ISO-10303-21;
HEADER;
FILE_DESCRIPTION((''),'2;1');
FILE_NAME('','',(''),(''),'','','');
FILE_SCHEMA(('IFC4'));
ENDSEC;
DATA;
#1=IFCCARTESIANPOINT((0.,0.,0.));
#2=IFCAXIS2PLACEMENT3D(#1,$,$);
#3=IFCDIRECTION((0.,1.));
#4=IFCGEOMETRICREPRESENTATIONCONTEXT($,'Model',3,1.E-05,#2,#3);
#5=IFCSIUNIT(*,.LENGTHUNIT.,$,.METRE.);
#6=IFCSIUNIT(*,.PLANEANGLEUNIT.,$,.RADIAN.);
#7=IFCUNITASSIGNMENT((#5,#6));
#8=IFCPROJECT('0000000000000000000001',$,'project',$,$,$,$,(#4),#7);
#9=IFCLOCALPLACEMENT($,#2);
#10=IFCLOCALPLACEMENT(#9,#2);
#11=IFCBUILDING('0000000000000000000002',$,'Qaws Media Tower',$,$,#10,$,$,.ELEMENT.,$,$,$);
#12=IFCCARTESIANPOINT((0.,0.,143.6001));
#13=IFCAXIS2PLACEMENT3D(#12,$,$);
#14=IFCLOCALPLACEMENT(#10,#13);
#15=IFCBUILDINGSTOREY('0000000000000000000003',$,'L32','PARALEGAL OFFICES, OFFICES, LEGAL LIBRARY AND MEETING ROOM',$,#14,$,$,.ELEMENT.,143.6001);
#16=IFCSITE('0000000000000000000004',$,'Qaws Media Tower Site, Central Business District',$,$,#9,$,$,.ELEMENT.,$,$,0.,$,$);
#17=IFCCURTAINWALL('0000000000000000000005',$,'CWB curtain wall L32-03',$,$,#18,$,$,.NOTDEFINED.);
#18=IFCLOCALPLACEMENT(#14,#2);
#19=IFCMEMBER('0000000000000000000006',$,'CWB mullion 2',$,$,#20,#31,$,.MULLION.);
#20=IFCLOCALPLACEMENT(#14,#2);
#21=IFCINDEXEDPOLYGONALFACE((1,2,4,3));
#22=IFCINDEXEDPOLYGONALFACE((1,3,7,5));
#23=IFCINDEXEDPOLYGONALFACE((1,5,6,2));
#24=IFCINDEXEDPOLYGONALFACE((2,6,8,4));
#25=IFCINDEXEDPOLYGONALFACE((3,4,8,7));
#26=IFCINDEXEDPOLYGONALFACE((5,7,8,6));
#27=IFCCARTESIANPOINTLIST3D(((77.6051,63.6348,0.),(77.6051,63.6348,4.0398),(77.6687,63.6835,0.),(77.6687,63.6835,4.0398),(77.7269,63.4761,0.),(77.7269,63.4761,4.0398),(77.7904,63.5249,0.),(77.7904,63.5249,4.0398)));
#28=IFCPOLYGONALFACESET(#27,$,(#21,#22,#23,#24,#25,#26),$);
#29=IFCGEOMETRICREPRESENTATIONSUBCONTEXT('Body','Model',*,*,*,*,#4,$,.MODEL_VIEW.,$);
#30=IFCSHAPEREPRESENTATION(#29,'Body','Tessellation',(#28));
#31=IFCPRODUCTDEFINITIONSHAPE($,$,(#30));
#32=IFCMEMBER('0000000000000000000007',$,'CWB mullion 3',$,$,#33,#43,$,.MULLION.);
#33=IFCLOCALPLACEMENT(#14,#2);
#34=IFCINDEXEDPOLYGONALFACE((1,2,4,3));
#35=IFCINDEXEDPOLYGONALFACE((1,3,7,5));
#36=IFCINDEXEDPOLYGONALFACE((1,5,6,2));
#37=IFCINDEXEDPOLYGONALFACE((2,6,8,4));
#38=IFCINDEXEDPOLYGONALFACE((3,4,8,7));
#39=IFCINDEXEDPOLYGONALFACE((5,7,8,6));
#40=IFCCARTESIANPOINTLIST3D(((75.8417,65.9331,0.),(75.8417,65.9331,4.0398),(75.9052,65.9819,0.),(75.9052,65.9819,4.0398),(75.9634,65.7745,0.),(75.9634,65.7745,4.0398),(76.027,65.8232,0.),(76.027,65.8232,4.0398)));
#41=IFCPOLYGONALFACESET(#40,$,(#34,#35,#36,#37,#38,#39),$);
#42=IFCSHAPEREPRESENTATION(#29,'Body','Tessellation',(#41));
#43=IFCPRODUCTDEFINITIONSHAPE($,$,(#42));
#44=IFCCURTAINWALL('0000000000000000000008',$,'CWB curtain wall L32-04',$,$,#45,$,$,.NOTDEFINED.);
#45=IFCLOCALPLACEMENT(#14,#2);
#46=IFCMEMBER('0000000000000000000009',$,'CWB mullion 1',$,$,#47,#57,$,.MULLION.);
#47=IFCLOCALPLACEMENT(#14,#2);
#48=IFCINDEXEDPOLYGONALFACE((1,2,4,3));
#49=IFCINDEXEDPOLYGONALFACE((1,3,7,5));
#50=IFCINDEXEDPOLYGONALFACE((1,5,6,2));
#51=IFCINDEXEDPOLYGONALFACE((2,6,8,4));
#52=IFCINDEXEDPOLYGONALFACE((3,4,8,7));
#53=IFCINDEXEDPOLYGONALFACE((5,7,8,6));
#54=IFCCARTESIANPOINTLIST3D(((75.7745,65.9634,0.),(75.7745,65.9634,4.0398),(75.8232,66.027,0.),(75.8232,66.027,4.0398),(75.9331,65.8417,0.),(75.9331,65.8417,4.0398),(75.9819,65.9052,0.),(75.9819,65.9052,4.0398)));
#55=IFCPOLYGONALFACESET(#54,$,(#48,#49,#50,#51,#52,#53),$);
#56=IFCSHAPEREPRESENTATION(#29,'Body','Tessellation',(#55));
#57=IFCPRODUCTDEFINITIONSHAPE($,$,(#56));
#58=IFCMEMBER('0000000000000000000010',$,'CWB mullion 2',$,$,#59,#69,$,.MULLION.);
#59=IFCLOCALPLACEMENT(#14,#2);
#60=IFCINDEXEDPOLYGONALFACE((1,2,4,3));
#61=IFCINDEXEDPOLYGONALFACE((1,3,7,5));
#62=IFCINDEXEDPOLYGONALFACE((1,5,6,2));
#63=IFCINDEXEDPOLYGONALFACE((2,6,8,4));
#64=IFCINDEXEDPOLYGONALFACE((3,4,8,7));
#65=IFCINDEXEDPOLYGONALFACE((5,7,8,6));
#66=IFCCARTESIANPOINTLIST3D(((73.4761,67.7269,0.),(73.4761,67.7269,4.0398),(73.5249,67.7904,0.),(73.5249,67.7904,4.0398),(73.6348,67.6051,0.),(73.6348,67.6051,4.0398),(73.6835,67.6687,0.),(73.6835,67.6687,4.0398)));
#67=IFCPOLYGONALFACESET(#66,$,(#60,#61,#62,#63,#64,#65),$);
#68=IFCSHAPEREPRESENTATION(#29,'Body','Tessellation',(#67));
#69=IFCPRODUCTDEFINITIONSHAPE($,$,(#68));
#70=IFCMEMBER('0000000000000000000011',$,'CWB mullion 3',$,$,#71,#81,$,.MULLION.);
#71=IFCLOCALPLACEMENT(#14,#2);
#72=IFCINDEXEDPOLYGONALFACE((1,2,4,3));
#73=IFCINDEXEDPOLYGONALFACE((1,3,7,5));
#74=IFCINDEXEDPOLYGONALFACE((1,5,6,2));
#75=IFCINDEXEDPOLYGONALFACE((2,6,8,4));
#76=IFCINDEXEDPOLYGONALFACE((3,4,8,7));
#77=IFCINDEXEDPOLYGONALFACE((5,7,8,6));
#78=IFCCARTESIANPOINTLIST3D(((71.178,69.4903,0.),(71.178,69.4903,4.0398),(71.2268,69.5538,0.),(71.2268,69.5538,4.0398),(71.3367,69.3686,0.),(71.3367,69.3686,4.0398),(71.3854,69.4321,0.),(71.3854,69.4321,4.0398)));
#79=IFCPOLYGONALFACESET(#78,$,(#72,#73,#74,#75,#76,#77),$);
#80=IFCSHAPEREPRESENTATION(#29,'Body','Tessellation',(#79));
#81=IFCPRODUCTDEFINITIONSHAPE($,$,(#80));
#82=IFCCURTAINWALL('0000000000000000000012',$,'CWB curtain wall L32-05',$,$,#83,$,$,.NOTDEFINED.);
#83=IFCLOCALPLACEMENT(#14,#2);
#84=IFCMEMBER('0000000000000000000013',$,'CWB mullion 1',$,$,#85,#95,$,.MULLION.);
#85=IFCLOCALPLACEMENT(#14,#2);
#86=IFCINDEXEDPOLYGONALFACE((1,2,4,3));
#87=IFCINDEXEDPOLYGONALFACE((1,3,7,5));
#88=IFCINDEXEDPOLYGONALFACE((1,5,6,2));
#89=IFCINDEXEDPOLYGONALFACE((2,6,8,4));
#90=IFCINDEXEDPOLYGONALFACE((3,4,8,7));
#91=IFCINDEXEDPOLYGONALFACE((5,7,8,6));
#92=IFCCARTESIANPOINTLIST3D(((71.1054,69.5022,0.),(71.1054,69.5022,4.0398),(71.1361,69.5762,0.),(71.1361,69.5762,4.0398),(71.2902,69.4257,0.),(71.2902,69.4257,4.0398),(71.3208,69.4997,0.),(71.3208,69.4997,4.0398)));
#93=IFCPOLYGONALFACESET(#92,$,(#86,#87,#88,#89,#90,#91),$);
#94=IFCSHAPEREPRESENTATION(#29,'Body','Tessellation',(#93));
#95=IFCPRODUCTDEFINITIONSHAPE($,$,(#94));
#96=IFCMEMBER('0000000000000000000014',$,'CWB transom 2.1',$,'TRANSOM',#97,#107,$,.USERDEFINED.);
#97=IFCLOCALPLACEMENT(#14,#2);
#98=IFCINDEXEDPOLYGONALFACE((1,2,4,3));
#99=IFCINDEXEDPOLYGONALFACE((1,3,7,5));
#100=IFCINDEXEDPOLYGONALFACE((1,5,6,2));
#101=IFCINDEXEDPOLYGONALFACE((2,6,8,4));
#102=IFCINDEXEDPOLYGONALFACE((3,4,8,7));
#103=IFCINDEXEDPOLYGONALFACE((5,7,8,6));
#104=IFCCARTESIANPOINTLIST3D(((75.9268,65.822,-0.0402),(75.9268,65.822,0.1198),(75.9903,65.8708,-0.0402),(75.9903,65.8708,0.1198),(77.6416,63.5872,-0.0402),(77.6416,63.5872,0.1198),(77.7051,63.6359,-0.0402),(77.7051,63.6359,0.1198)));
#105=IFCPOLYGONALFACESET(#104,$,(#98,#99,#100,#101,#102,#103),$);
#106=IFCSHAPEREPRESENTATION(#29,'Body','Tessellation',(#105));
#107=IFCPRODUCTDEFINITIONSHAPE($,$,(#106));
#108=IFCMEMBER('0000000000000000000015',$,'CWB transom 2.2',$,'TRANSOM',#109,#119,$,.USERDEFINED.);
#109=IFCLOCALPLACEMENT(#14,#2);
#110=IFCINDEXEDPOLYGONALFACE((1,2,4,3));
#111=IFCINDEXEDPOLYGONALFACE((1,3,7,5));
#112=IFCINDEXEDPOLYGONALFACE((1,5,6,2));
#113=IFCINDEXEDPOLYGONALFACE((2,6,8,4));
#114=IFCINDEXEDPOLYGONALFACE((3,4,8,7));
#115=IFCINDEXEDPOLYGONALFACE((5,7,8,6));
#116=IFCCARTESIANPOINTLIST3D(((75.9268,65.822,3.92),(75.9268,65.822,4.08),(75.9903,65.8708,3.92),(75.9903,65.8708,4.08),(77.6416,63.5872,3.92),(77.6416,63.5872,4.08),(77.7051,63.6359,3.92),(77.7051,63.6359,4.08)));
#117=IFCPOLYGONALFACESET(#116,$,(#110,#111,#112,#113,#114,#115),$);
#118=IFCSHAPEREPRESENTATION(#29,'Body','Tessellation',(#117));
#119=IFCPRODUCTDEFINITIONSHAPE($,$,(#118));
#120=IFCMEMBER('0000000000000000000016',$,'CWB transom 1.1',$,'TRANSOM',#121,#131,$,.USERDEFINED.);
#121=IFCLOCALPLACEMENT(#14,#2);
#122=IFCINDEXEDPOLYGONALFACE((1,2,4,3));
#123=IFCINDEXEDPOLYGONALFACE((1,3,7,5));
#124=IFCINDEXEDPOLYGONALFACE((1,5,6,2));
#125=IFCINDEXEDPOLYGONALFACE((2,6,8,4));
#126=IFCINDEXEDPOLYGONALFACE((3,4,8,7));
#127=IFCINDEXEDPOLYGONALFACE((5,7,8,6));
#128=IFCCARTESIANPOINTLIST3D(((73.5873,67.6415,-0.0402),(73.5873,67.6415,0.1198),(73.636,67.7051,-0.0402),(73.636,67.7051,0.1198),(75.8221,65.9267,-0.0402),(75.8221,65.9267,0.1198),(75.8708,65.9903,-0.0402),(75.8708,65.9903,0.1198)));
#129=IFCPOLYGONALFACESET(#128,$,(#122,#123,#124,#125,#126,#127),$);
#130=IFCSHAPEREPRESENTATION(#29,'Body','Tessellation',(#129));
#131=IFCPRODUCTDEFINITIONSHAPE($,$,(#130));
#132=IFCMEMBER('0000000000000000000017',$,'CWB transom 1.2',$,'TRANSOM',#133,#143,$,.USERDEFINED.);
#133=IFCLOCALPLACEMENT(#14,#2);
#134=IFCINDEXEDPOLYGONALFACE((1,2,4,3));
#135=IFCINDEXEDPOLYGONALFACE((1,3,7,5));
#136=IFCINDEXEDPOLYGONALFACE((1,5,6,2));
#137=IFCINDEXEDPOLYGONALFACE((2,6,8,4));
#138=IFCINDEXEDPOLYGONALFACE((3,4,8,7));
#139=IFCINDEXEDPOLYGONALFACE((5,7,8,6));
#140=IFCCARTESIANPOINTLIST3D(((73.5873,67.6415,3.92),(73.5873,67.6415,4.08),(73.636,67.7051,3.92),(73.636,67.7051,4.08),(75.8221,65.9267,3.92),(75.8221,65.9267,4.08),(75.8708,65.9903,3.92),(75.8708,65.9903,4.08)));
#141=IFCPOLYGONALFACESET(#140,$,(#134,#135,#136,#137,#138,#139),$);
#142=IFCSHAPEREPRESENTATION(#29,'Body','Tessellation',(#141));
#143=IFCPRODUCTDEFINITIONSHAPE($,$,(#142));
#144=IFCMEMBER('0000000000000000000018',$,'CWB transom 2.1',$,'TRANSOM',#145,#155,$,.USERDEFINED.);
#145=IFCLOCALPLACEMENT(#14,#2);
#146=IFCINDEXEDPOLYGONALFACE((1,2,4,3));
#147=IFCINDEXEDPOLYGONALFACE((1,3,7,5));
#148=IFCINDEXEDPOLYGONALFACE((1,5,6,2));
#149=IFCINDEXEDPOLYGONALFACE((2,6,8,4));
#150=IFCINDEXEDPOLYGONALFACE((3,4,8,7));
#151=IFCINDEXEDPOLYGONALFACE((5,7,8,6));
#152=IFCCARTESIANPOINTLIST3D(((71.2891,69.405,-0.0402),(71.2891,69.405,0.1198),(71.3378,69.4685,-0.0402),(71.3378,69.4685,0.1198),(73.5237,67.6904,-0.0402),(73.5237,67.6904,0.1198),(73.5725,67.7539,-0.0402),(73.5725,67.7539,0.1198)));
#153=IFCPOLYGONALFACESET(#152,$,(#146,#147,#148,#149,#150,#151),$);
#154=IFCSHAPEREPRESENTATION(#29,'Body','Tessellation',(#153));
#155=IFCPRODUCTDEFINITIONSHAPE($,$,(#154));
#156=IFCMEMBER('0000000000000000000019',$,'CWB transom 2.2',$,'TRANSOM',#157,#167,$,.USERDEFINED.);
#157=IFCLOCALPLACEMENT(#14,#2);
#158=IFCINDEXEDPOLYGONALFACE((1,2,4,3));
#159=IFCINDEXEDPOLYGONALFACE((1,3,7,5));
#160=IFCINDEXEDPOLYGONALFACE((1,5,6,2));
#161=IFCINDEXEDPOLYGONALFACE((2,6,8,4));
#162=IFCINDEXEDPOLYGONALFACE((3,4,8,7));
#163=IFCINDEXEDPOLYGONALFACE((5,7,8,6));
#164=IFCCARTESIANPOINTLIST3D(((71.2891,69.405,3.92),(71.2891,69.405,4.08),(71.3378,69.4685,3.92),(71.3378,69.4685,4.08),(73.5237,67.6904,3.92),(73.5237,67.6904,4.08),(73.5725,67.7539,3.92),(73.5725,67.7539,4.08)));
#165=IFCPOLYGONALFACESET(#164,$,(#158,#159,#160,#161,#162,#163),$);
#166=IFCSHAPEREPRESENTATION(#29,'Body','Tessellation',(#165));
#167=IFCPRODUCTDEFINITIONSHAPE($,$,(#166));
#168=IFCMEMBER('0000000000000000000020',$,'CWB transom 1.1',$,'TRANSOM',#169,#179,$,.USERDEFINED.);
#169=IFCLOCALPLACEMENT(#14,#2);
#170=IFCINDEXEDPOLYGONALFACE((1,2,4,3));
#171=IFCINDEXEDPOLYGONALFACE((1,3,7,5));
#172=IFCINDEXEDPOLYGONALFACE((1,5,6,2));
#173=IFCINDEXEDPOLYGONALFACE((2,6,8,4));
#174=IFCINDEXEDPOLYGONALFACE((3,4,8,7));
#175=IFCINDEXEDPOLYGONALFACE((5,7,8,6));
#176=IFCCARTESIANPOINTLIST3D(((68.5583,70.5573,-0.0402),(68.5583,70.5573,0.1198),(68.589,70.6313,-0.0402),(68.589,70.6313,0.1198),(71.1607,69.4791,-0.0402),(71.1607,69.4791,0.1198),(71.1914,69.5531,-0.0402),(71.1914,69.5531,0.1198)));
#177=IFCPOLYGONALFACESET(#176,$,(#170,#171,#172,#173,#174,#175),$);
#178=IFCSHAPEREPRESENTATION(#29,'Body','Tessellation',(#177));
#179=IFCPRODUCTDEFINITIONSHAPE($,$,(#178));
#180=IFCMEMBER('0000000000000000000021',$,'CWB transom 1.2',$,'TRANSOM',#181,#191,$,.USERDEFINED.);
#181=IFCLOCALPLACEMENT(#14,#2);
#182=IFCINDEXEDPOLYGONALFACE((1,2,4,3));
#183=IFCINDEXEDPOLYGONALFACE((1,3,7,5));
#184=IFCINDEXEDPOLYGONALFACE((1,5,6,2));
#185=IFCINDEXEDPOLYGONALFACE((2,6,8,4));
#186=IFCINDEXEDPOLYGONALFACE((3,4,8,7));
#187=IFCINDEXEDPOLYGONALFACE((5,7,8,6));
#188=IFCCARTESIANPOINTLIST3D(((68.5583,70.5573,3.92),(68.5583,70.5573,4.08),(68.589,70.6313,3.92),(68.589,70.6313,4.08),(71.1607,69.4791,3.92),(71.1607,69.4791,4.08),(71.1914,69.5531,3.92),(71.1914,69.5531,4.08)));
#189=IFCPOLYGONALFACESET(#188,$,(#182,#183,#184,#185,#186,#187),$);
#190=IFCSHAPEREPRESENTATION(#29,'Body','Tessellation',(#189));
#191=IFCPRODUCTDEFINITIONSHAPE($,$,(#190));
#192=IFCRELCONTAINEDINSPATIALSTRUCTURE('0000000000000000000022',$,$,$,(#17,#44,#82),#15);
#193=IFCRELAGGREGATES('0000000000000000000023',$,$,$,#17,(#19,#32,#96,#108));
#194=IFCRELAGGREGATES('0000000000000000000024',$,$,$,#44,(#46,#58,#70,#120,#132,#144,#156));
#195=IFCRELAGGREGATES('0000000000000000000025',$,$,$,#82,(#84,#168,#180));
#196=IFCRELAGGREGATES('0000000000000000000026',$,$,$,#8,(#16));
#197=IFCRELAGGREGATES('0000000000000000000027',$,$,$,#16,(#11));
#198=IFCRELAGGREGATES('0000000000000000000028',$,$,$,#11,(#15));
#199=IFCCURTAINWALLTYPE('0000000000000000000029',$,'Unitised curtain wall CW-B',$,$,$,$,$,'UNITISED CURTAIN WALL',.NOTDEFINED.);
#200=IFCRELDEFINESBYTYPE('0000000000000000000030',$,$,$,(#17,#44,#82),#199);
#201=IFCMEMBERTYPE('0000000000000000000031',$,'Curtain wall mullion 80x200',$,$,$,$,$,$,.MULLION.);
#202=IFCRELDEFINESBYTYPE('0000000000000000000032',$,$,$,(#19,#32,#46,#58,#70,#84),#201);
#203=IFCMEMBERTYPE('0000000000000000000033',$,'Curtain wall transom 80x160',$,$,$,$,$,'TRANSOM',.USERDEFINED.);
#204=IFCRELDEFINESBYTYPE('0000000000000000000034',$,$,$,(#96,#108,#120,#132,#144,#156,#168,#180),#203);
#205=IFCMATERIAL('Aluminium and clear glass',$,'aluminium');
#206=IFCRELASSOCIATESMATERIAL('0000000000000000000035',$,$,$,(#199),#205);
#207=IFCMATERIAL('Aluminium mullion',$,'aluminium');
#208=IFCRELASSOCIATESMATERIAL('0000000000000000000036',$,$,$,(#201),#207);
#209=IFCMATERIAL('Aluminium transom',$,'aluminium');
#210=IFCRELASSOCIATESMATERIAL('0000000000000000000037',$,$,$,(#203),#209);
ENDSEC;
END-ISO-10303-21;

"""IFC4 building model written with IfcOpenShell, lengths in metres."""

from ifc_helpers import new_model, si_unit, direction, frame, origin, origin_2d, place, context, subcontext, project, spatial, rectangle, extrude, material, material_profile, profile_set, type_object, element, aggregate, save


model = new_model("IFC4")

# Units and contexts
model_context = context("Model", 3, precision=1e-05, world=origin(), true_north=direction((0.0, 1.0)))
body_context = subcontext(model_context, "Body", "Model", "MODEL_VIEW")
ifc_project = project(units=[si_unit("LENGTHUNIT", "METRE"), si_unit("PLANEANGLEUNIT", "RADIAN")], contexts=[model_context])

# Site, building, storey
site_placement = place(None, origin())
site = spatial("IfcSite", under=ifc_project, at=site_placement, Name="Qaws Media Tower Site, Central Business District", CompositionType="ELEMENT", RefElevation=0.0)
building_placement = place(site_placement, origin())
building = spatial("IfcBuilding", under=site, at=building_placement, Name="Qaws Media Tower", CompositionType="ELEMENT")
storey_placement = place(building_placement, frame((0.0, 0.0, 143.6001)))
storey = spatial("IfcBuildingStorey", under=building, at=storey_placement, Name="L32", Description="PARALEGAL OFFICES, OFFICES, LEGAL LIBRARY AND MEETING ROOM", CompositionType="ELEMENT", Elevation=143.6001)

# Curtain walls, members
ifc_material_1 = material(Name="Aluminium and clear glass", Category="aluminium")
curtain_wall_type = type_object("IfcCurtainWallType", Name="Unitised curtain wall CW-B", ElementType="UNITISED CURTAIN WALL", PredefinedType="NOTDEFINED", material=ifc_material_1)
curtain_wall_1_placement = place(storey_placement, origin())
curtain_wall_1 = element("IfcCurtainWall", 1, at=curtain_wall_1_placement, inside=storey, type_object=curtain_wall_type, Name="CWB curtain wall L32-03", PredefinedType="NOTDEFINED")
ifc_material_2 = material(Name="Aluminium mullion", Category="aluminium")
ifc_material_profile_1 = material_profile(ifc_material_2, rectangle(XDim=0.0801, YDim=0.2, at=origin_2d()), Name="80x200")
ifc_profile_set_1 = profile_set([ifc_material_profile_1], Name="Aluminium mullion")
member_type_1 = type_object("IfcMemberType", Name="Curtain wall mullion 80x200", PredefinedType="MULLION", material=ifc_profile_set_1)
member_1_placement = place(storey_placement, frame((77.6978, 63.5798, 0.0), z_axis=(0.0, 0.0, 1.0), x_axis=(-0.793353, -0.608761, 0.0)))
member_1 = element("IfcMember", 2, at=member_1_placement, type_object=member_type_1, Name="CWB mullion 2", PredefinedType="MULLION", context=body_context, shape_type="SweptSolid", body=[
    extrude(rectangle(XDim=0.0801, YDim=0.2, at=origin_2d()), origin(), (0.0, 0.0, 1.0), 4.0398),
])
member_2_placement = place(storey_placement, frame((75.9343, 65.8782, 0.0), z_axis=(0.0, 0.0, 1.0), x_axis=(-0.793353, -0.608761, 0.0)))
member_2 = element("IfcMember", 3, at=member_2_placement, type_object=member_type_1, Name="CWB mullion 3", PredefinedType="MULLION", context=body_context, shape_type="SweptSolid", body=[
    extrude(rectangle(XDim=0.0801, YDim=0.2, at=origin_2d()), origin(), (0.0, 0.0, 1.0), 4.0398),
])
curtain_wall_2_placement = place(storey_placement, origin())
curtain_wall_2 = element("IfcCurtainWall", 4, at=curtain_wall_2_placement, inside=storey, type_object=curtain_wall_type, Name="CWB curtain wall L32-04", PredefinedType="NOTDEFINED")
member_3_placement = place(storey_placement, frame((75.8782, 65.9343, 0.0), z_axis=(0.0, 0.0, 1.0), x_axis=(-0.608761, -0.793353, 0.0)))
member_3 = element("IfcMember", 5, at=member_3_placement, type_object=member_type_1, Name="CWB mullion 1", PredefinedType="MULLION", context=body_context, shape_type="SweptSolid", body=[
    extrude(rectangle(XDim=0.0801, YDim=0.2, at=origin_2d()), origin(), (0.0, 0.0, 1.0), 4.0398),
])
member_4_placement = place(storey_placement, frame((73.5798, 67.6978, 0.0), z_axis=(0.0, 0.0, 1.0), x_axis=(-0.608761, -0.793353, 0.0)))
member_4 = element("IfcMember", 6, at=member_4_placement, type_object=member_type_1, Name="CWB mullion 2", PredefinedType="MULLION", context=body_context, shape_type="SweptSolid", body=[
    extrude(rectangle(XDim=0.0801, YDim=0.2, at=origin_2d()), origin(), (0.0, 0.0, 1.0), 4.0398),
])
member_5_placement = place(storey_placement, frame((71.2817, 69.4612, 0.0), z_axis=(0.0, 0.0, 1.0), x_axis=(-0.608761, -0.793353, 0.0)))
member_5 = element("IfcMember", 7, at=member_5_placement, type_object=member_type_1, Name="CWB mullion 3", PredefinedType="MULLION", context=body_context, shape_type="SweptSolid", body=[
    extrude(rectangle(XDim=0.0801, YDim=0.2, at=origin_2d()), origin(), (0.0, 0.0, 1.0), 4.0398),
])

# Curtain wall, member
curtain_wall_3_placement = place(storey_placement, origin())
curtain_wall_3 = element("IfcCurtainWall", 8, at=curtain_wall_3_placement, inside=storey, type_object=curtain_wall_type, Name="CWB curtain wall L32-05", PredefinedType="NOTDEFINED")
member_6_placement = place(storey_placement, frame((71.2131, 69.501, 0.0), z_axis=(0.0, 0.0, 1.0), x_axis=(-0.382683, -0.92388, 0.0)))
member_6 = element("IfcMember", 9, at=member_6_placement, type_object=member_type_1, Name="CWB mullion 1", PredefinedType="MULLION", context=body_context, shape_type="SweptSolid", body=[
    extrude(rectangle(XDim=0.0801, YDim=0.2, at=origin_2d()), origin(), (0.0, 0.0, 1.0), 4.0398),
])

# Members
ifc_material_3 = material(Name="Aluminium transom", Category="aluminium")
ifc_material_profile_2 = material_profile(ifc_material_3, rectangle(XDim=0.0801, YDim=0.1599, at=origin_2d()), Name="80x160")
ifc_profile_set_2 = profile_set([ifc_material_profile_2], Name="Aluminium transom")
member_type_2 = type_object("IfcMemberType", Name="Curtain wall transom 80x160", ElementType="TRANSOM", PredefinedType="USERDEFINED", material=ifc_profile_set_2)
member_7_placement = place(storey_placement, frame((77.6733, 63.6116, 0.0398), z_axis=(-0.608755, 0.793358, 0.0), x_axis=(-0.793358, -0.608755, 0.0)))
member_7 = element("IfcMember", 10, at=member_7_placement, type_object=member_type_2, Name="CWB transom 2.1", ObjectType="TRANSOM", PredefinedType="USERDEFINED", context=body_context, shape_type="SweptSolid", body=[
    extrude(rectangle(XDim=0.0801, YDim=0.1599, at=origin_2d()), origin(), (0.0, 0.0, 1.0), 2.8169),
])
member_8_placement = place(storey_placement, frame((77.6733, 63.6116, 4.0), z_axis=(-0.608755, 0.793358, 0.0), x_axis=(-0.793358, -0.608755, 0.0)))
member_8 = element("IfcMember", 11, at=member_8_placement, type_object=member_type_2, Name="CWB transom 2.2", ObjectType="TRANSOM", PredefinedType="USERDEFINED", context=body_context, shape_type="SweptSolid", body=[
    extrude(rectangle(XDim=0.0801, YDim=0.1599, at=origin_2d()), origin(), (0.0, 0.0, 1.0), 2.8169),
])
member_9_placement = place(storey_placement, frame((75.8464, 65.9585, 0.0398), z_axis=(-0.793358, 0.608755, 0.0), x_axis=(-0.608755, -0.793358, 0.0)))
member_9 = element("IfcMember", 12, at=member_9_placement, type_object=member_type_2, Name="CWB transom 1.1", ObjectType="TRANSOM", PredefinedType="USERDEFINED", context=body_context, shape_type="SweptSolid", body=[
    extrude(rectangle(XDim=0.0801, YDim=0.1599, at=origin_2d()), origin(), (0.0, 0.0, 1.0), 2.8169),
])
member_10_placement = place(storey_placement, frame((75.8464, 65.9585, 4.0), z_axis=(-0.793358, 0.608755, 0.0), x_axis=(-0.608755, -0.793358, 0.0)))
member_10 = element("IfcMember", 13, at=member_10_placement, type_object=member_type_2, Name="CWB transom 1.2", ObjectType="TRANSOM", PredefinedType="USERDEFINED", context=body_context, shape_type="SweptSolid", body=[
    extrude(rectangle(XDim=0.0801, YDim=0.1599, at=origin_2d()), origin(), (0.0, 0.0, 1.0), 2.8169),
])
member_11_placement = place(storey_placement, frame((73.5481, 67.7222, 0.0398), z_axis=(-0.793368, 0.608743, 0.0), x_axis=(-0.608743, -0.793368, 0.0)))
member_11 = element("IfcMember", 14, at=member_11_placement, type_object=member_type_2, Name="CWB transom 2.1", ObjectType="TRANSOM", PredefinedType="USERDEFINED", context=body_context, shape_type="SweptSolid", body=[
    extrude(rectangle(XDim=0.0801, YDim=0.1599, at=origin_2d()), origin(), (0.0, 0.0, 1.0), 2.8167),
])
member_12_placement = place(storey_placement, frame((73.5481, 67.7222, 4.0), z_axis=(-0.793368, 0.608743, 0.0), x_axis=(-0.608743, -0.793368, 0.0)))
member_12 = element("IfcMember", 15, at=member_12_placement, type_object=member_type_2, Name="CWB transom 2.2", ObjectType="TRANSOM", PredefinedType="USERDEFINED", context=body_context, shape_type="SweptSolid", body=[
    extrude(rectangle(XDim=0.0801, YDim=0.1599, at=origin_2d()), origin(), (0.0, 0.0, 1.0), 2.8167),
])
member_13_placement = place(storey_placement, frame((71.176, 69.5161, 0.0398), z_axis=(-0.923852, 0.38275, 0.0), x_axis=(-0.38275, -0.923852, 0.0)))
member_13 = element("IfcMember", 16, at=member_13_placement, type_object=member_type_2, Name="CWB transom 1.1", ObjectType="TRANSOM", PredefinedType="USERDEFINED", context=body_context, shape_type="SweptSolid", body=[
    extrude(rectangle(XDim=0.0801, YDim=0.1599, at=origin_2d()), origin(), (0.0, 0.0, 1.0), 2.8169),
])
member_14_placement = place(storey_placement, frame((71.176, 69.5161, 4.0), z_axis=(-0.923852, 0.38275, 0.0), x_axis=(-0.38275, -0.923852, 0.0)))
member_14 = element("IfcMember", 17, at=member_14_placement, type_object=member_type_2, Name="CWB transom 1.2", ObjectType="TRANSOM", PredefinedType="USERDEFINED", context=body_context, shape_type="SweptSolid", body=[
    extrude(rectangle(XDim=0.0801, YDim=0.1599, at=origin_2d()), origin(), (0.0, 0.0, 1.0), 2.8169),
])

aggregate(curtain_wall_1, [member_1, member_2, member_7, member_8])
aggregate(curtain_wall_2, [member_3, member_4, member_5, member_9, member_10, member_11, member_12])
aggregate(curtain_wall_3, [member_6, member_13, member_14])

save(model, "model.ifc")
